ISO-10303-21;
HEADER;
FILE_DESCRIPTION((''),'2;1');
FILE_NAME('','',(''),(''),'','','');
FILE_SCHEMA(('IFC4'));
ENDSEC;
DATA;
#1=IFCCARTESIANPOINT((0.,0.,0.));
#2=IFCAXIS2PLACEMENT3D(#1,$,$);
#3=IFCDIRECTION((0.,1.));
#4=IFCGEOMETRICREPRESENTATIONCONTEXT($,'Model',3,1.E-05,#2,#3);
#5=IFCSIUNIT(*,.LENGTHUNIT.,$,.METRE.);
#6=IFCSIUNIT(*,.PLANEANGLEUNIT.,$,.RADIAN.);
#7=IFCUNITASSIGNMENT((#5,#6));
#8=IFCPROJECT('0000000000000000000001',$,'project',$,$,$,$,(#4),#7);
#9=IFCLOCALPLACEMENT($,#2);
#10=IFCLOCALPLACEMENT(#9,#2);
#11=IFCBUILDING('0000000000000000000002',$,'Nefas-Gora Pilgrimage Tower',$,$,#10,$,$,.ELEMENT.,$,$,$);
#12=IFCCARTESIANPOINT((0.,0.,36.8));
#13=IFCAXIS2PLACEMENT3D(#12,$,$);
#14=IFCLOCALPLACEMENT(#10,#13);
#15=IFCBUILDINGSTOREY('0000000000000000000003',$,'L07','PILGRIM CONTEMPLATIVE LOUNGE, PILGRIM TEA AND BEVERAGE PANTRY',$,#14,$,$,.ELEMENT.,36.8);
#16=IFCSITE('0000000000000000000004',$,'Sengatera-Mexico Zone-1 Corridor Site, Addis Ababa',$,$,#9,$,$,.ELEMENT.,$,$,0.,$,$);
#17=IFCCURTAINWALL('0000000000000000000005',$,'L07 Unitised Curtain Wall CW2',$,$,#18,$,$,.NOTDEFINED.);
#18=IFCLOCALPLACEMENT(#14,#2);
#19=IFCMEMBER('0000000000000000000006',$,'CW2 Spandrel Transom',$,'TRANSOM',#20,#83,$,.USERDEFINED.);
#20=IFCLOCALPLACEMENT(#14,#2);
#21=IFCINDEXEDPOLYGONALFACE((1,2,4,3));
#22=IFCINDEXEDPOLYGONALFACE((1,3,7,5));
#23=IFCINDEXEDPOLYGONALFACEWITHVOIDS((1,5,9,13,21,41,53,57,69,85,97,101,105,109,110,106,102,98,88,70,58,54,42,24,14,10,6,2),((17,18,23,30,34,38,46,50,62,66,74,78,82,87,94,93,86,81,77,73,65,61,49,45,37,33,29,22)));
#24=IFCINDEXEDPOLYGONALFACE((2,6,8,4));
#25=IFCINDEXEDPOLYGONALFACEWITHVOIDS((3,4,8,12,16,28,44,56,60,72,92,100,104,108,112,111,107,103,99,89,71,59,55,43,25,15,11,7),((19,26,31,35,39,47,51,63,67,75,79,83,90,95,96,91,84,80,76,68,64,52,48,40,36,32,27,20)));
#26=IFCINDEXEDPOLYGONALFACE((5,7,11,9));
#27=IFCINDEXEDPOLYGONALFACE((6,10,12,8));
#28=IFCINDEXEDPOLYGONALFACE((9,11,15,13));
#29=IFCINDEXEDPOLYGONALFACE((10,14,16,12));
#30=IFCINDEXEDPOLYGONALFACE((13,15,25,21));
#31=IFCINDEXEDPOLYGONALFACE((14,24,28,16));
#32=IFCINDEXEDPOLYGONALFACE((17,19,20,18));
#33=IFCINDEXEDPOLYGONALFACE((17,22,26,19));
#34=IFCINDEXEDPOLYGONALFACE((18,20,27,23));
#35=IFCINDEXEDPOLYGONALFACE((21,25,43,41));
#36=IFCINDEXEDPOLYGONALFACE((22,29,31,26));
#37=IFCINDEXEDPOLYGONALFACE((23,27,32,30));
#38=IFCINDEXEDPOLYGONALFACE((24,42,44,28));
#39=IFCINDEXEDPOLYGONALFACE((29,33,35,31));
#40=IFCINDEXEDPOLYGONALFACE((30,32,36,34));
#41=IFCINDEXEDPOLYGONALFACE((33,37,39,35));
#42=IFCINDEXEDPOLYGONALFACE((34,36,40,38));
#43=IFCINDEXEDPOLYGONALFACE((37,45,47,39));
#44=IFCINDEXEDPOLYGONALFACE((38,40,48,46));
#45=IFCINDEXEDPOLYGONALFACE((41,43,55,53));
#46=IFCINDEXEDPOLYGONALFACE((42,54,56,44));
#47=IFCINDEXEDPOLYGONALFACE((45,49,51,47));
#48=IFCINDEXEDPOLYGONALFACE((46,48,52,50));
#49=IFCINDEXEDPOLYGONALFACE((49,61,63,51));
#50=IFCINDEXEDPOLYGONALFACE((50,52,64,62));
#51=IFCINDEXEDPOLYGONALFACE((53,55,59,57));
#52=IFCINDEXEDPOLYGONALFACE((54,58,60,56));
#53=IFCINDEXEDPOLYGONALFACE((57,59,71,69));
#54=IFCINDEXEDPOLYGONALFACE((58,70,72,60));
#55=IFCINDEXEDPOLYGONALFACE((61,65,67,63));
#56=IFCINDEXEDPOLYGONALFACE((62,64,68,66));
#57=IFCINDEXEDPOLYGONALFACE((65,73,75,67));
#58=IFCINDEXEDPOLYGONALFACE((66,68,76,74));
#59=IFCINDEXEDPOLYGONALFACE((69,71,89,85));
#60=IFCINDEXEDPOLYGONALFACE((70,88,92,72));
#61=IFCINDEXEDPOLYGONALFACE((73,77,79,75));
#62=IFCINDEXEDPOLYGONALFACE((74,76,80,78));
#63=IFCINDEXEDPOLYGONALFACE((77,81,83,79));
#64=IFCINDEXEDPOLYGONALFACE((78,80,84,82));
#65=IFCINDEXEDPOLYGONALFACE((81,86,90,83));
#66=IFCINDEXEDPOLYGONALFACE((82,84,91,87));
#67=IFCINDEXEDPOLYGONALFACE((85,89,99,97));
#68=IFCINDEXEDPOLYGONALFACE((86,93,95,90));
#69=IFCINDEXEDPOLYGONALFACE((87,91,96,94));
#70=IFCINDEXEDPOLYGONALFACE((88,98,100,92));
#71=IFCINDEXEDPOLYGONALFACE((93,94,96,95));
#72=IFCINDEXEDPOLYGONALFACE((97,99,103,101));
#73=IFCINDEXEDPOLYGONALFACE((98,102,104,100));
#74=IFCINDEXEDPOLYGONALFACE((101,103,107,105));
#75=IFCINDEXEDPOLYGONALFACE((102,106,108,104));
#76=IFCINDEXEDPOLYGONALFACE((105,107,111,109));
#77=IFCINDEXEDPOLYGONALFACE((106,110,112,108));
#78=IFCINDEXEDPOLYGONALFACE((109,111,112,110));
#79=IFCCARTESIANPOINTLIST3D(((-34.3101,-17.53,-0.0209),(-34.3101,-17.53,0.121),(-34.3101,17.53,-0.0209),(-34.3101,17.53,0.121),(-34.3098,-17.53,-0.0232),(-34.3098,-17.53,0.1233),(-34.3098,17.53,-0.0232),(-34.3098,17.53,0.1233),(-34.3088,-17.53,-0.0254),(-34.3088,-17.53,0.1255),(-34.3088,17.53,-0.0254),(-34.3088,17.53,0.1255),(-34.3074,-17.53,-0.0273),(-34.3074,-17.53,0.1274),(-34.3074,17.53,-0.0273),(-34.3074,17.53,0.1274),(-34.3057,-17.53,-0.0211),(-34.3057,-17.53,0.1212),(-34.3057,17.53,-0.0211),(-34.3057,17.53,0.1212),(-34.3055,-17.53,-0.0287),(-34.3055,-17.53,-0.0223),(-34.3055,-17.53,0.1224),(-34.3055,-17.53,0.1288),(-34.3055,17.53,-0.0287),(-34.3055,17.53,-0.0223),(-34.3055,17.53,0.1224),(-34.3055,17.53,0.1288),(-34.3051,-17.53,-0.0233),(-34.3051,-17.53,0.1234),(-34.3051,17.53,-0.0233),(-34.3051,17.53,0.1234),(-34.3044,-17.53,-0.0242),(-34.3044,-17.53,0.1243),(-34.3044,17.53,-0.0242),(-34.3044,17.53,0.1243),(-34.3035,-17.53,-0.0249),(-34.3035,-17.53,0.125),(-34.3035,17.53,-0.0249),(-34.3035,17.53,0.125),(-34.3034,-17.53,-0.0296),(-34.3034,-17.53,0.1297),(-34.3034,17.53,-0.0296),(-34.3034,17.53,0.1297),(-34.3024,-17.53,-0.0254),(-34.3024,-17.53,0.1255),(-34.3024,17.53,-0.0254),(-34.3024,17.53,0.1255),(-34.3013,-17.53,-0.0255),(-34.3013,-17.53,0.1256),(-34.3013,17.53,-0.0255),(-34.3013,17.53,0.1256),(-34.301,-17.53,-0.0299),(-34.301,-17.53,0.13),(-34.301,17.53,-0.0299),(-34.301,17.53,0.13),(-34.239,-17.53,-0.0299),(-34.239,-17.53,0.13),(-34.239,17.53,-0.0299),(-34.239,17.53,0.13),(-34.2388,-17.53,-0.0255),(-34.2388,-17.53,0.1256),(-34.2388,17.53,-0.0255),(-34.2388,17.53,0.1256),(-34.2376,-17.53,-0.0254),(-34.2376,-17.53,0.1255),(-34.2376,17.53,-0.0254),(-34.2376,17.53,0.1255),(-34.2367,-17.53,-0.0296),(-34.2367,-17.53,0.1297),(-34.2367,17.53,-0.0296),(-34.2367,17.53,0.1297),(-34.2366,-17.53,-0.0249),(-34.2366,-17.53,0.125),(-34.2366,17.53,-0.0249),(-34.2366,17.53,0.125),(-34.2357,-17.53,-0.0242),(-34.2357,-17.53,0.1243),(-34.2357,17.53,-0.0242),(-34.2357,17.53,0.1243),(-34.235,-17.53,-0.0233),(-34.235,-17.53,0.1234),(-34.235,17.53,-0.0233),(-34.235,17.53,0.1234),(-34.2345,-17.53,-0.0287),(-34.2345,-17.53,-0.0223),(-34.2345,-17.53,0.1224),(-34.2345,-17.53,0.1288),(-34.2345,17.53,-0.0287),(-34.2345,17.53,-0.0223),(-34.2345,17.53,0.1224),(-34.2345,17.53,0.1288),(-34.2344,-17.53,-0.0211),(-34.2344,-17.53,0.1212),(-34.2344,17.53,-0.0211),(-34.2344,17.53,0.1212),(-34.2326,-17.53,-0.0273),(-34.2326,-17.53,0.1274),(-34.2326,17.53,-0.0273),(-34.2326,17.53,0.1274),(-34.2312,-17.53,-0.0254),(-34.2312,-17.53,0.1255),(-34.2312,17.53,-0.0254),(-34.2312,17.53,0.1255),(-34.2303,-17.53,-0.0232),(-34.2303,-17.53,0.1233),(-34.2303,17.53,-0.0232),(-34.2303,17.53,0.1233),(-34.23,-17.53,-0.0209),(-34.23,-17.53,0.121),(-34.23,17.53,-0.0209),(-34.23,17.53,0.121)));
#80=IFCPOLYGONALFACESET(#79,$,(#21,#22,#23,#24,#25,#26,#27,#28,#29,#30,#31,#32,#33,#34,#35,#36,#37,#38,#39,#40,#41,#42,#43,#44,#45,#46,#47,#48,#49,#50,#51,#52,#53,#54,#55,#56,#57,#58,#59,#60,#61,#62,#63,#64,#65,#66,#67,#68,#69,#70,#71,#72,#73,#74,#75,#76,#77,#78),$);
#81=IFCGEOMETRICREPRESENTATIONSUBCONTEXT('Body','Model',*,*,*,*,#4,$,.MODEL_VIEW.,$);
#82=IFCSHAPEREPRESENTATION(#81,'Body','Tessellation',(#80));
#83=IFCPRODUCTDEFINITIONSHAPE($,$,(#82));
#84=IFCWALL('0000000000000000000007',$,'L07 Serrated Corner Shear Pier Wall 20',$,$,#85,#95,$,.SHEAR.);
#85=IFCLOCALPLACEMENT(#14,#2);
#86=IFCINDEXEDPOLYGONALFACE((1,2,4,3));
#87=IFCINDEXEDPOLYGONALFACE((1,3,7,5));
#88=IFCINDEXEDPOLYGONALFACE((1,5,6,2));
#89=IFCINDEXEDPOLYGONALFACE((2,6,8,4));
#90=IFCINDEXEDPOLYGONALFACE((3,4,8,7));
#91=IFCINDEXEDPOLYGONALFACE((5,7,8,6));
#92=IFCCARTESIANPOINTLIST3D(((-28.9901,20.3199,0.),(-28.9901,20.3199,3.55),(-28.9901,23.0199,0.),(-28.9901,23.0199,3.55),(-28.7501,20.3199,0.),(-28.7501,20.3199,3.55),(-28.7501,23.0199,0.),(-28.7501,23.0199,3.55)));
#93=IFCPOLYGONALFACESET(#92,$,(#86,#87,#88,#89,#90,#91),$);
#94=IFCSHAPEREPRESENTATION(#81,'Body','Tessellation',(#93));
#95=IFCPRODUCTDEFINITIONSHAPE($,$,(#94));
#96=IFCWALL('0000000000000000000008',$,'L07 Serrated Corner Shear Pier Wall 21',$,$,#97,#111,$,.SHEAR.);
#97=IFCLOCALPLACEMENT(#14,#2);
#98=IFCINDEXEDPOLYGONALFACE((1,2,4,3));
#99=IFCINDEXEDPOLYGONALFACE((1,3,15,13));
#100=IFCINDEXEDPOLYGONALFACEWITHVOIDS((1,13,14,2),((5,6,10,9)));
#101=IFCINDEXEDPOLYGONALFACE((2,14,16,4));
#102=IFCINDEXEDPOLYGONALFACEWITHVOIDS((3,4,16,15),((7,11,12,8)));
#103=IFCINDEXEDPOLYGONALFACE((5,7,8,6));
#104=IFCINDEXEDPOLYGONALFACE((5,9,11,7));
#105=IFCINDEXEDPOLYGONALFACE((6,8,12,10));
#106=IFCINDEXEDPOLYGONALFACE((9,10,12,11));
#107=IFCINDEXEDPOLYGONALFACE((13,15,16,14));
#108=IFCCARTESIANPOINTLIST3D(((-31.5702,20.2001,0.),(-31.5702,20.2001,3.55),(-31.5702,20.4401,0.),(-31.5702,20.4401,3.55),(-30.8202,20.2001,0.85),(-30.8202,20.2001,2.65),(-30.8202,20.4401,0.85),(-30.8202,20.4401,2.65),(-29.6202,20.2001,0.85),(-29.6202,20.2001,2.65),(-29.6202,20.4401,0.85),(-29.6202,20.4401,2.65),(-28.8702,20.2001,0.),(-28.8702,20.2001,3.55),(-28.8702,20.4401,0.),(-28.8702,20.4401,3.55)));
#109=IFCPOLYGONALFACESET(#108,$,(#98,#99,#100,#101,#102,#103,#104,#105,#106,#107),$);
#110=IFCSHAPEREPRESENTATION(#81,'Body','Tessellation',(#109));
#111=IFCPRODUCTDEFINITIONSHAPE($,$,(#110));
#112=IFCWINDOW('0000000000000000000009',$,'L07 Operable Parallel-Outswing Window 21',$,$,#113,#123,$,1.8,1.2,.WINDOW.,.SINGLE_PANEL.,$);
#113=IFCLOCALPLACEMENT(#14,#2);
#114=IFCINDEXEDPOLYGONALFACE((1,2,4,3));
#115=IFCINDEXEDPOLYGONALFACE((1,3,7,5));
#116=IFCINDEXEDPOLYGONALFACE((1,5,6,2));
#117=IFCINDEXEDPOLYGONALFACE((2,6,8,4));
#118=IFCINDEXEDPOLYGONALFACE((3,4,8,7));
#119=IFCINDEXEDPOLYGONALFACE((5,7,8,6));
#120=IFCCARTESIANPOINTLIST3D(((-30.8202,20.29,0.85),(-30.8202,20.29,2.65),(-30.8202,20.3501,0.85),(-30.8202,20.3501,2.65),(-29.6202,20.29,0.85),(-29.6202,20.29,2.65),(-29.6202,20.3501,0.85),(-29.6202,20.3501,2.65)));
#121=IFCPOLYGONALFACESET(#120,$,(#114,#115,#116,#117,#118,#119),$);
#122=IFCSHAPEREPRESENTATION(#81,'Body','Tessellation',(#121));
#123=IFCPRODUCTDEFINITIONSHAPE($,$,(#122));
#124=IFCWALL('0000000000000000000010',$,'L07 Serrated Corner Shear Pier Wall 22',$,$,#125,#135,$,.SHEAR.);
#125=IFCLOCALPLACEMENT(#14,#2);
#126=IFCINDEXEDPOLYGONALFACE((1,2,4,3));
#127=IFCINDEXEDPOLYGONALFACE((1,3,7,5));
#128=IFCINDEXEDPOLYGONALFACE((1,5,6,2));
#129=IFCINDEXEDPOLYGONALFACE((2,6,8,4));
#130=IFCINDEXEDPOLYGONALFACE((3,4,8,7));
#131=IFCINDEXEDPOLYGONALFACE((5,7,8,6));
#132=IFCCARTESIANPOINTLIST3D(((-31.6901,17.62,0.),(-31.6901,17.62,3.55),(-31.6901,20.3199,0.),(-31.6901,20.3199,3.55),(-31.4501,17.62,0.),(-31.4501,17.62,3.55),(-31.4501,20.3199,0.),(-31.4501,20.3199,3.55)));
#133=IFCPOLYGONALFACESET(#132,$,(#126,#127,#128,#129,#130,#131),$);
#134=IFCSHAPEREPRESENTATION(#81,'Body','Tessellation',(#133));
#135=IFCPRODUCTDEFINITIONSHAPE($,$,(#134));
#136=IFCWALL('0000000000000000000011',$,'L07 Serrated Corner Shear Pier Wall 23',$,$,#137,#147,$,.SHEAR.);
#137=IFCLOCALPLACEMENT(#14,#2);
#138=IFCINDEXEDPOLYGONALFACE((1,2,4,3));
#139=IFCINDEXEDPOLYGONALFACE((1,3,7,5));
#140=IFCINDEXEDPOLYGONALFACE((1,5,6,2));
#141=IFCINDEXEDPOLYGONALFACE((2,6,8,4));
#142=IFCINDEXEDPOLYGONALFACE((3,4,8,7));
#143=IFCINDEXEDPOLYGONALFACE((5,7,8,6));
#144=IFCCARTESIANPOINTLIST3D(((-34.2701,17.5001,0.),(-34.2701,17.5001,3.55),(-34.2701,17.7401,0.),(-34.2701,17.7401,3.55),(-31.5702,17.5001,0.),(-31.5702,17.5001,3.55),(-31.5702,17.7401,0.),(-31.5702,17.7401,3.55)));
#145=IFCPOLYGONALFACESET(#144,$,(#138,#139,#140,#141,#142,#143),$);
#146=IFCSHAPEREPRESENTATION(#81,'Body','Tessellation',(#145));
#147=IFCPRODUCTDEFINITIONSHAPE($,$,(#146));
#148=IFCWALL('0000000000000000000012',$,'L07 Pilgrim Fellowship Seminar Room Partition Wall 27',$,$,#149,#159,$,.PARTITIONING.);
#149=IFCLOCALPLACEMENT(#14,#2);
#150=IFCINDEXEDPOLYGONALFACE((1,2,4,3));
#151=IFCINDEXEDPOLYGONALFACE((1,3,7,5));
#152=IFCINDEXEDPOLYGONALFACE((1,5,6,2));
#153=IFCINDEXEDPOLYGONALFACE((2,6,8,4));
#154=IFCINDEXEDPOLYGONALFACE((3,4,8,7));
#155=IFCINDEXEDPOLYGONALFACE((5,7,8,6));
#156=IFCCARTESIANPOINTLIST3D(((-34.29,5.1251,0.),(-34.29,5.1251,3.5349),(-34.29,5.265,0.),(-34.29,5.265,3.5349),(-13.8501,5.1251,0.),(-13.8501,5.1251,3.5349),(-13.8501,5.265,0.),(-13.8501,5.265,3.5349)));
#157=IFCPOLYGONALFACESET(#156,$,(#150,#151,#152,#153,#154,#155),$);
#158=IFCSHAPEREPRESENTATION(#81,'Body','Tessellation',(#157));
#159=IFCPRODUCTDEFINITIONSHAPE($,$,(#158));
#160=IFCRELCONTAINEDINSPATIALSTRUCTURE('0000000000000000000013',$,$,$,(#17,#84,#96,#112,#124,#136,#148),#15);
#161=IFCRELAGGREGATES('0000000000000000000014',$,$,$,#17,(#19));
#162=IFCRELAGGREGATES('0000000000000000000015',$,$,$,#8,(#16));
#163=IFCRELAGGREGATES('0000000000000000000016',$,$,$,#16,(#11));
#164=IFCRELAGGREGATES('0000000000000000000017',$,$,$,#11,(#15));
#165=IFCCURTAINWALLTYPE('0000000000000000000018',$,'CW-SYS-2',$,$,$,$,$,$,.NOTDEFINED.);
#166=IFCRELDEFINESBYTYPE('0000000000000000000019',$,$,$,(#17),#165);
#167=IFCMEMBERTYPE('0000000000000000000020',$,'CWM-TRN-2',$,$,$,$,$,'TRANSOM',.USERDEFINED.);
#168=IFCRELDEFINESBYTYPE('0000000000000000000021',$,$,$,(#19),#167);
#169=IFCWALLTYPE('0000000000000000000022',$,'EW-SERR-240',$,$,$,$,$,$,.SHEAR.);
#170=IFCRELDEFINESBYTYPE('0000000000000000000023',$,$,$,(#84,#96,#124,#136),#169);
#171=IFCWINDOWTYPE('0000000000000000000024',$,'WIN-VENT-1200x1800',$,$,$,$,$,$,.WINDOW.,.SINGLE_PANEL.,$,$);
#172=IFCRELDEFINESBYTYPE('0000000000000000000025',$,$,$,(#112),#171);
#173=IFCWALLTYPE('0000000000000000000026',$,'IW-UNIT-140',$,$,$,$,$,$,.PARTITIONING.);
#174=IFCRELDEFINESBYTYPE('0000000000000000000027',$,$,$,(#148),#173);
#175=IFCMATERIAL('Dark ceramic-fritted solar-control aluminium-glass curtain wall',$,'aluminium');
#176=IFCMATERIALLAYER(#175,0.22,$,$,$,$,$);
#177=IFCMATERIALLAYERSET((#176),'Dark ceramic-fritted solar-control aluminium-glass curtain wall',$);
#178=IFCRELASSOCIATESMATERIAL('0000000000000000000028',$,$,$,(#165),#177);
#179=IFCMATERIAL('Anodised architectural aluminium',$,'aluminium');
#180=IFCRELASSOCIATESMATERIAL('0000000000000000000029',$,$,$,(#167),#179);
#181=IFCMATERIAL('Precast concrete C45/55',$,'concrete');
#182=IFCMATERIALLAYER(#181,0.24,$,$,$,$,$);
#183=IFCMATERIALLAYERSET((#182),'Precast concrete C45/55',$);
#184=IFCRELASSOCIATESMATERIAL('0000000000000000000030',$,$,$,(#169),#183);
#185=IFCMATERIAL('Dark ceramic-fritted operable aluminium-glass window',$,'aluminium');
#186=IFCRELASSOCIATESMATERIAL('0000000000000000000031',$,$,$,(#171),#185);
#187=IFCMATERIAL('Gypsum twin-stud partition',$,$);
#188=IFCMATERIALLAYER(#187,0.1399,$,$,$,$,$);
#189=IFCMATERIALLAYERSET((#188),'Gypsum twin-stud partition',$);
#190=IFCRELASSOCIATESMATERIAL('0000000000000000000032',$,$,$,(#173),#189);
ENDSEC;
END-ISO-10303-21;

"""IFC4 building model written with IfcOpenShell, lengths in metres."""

from ifc_helpers import new_model, si_unit, direction, frame, frame_2d, origin, origin_2d, place, context, subcontext, project, spatial, rectangle, hollow_rectangle, extrude, source, transform, mapped, material, layer, layer_set, material_profile, profile_set, type_object, element, fill, aggregate, save


model = new_model("IFC4")

# Units and contexts
model_context = context("Model", 3, precision=1e-05, world=origin(), true_north=direction((0.0, 1.0)))
body_context = subcontext(model_context, "Body", "Model", "MODEL_VIEW")
ifc_project = project(units=[si_unit("LENGTHUNIT", "METRE"), si_unit("PLANEANGLEUNIT", "RADIAN")], contexts=[model_context])

# Site, building, storey
site_placement = place(None, origin())
site = spatial("IfcSite", under=ifc_project, at=site_placement, Name="Sengatera-Mexico Zone-1 Corridor Site, Addis Ababa", CompositionType="ELEMENT", RefElevation=0.0)
building_placement = place(site_placement, origin())
building = spatial("IfcBuilding", under=site, at=building_placement, Name="Nefas-Gora Pilgrimage Tower", CompositionType="ELEMENT")
storey_placement = place(building_placement, frame((0.0, 0.0, 36.8)))
storey = spatial("IfcBuildingStorey", under=building, at=storey_placement, Name="L07", Description="PILGRIM CONTEMPLATIVE LOUNGE, PILGRIM TEA AND BEVERAGE PANTRY", CompositionType="ELEMENT", Elevation=36.8)

# Shared definitions
ifc_material_1 = material(Name="Dark ceramic-fritted solar-control aluminium-glass curtain wall", Category="aluminium")
ifc_layer_1 = layer(ifc_material_1, 0.22)
ifc_layer_set_1 = layer_set([ifc_layer_1], Name="Dark ceramic-fritted solar-control aluminium-glass curtain wall")
curtain_wall_type = type_object("IfcCurtainWallType", Name="CW-SYS-2", PredefinedType="NOTDEFINED", material=ifc_layer_set_1)
ifc_material_2 = material(Name="Anodised architectural aluminium", Category="aluminium")

# Curtain wall, member
curtain_wall_1_placement = place(storey_placement, origin())
curtain_wall_1 = element("IfcCurtainWall", 1, at=curtain_wall_1_placement, inside=storey, type_object=curtain_wall_type, Name="L07 Unitised Curtain Wall CW2", PredefinedType="NOTDEFINED")
ifc_material_profile_1 = material_profile(ifc_material_2, hollow_rectangle(XDim=0.0801, YDim=0.1599, WallThickness=0.0044, InnerFilletRadius=0.0044, OuterFilletRadius=0.009, at=origin_2d()), Name="ALU TRANSOM 80x160")
ifc_profile_set_1 = profile_set([ifc_material_profile_1], Name="Anodised architectural aluminium")
member_type_1 = type_object("IfcMemberType", Name="CWM-TRN-2", ElementType="TRANSOM", PredefinedType="USERDEFINED", material=ifc_profile_set_1)
shared_shape_1 = source(origin(), body_context, "Body", "SweptSolid", [
    extrude(hollow_rectangle(XDim=0.0801, YDim=0.1599, WallThickness=0.0044, InnerFilletRadius=0.0044, OuterFilletRadius=0.009, at=origin_2d()), origin(), (0.0, 0.0, 1.0), 35.0601),
])
member_1_placement = place(storey_placement, frame((-34.27, 17.53, 0.05), z_axis=(0.0, -1.0, 0.0), x_axis=(1.0, 0.0, 0.0)))
member_1 = element("IfcMember", 2, at=member_1_placement, type_object=member_type_1, Name="CW2 Spandrel Transom", ObjectType="TRANSOM", PredefinedType="USERDEFINED", context=body_context, shape_type="MappedRepresentation", body=[
    mapped(shared_shape_1, transform((0.0, 0.0, 0.0), x_axis=(1.0, 0.0, 0.0), y_axis=(0.0, 1.0, 0.0), z_axis=(0.0, 0.0, 1.0), scale=1.0)),
])
aggregate(curtain_wall_1, [member_1])

# Wall
ifc_material_3 = material(Name="Precast concrete C45/55", Category="concrete")
ifc_layer_2 = layer(ifc_material_3, 0.24)
ifc_layer_set_2 = layer_set([ifc_layer_2], Name="Precast concrete C45/55")
wall_type_1 = type_object("IfcWallType", Name="EW-SERR-240", PredefinedType="SHEAR", material=ifc_layer_set_2)
shared_shape_2 = source(origin(), body_context, "Body", "SweptSolid", [
    extrude(rectangle(XDim=2.7, YDim=0.24, at=frame_2d((1.3501, 0.0))), origin(), (0.0, 0.0, 1.0), 3.55),
])
wall_1_placement = place(storey_placement, frame((-28.8701, 23.02, 0.0), z_axis=(0.0, 0.0, 1.0), x_axis=(0.0, -1.0, 0.0)))
element("IfcWall", 3, at=wall_1_placement, inside=storey, type_object=wall_type_1, Name="L07 Serrated Corner Shear Pier Wall 20", PredefinedType="SHEAR", context=body_context, shape_type="MappedRepresentation", body=[
    mapped(shared_shape_2, transform((0.0, 0.0, 0.0), x_axis=(1.0, 0.0, 0.0), y_axis=(0.0, 1.0, 0.0), z_axis=(0.0, 0.0, 1.0), scale=1.0)),
])

# Wall, opening, window
wall_2_placement = place(storey_placement, frame((-28.8701, 20.3201, 0.0), z_axis=(0.0, 0.0, 1.0), x_axis=(-1.0, 0.0, 0.0)))
wall_2 = element("IfcWall", 4, at=wall_2_placement, inside=storey, type_object=wall_type_1, Name="L07 Serrated Corner Shear Pier Wall 21", PredefinedType="SHEAR", context=body_context, shape_type="MappedRepresentation", body=[
    mapped(shared_shape_2, transform((0.0, 0.0, 0.0), x_axis=(1.0, 0.0, 0.0), y_axis=(0.0, 1.0, 0.0), z_axis=(0.0, 0.0, 1.0), scale=1.0)),
])
opening_placement = place(wall_2_placement, frame((0.75, 0.0, 0.8501)))
opening = element("IfcOpeningElement", 5, at=opening_placement, cuts=wall_2, PredefinedType="OPENING", context=body_context, shape_type="SweptSolid", body=[
    extrude(rectangle(XDim=1.2, YDim=1.8, at=frame_2d((0.6001, 0.8999))), frame((0.0, 0.1299, 0.0), z_axis=(0.0, -1.0, 0.0), x_axis=(1.0, 0.0, 0.0)), (0.0, 0.0, 1.0), 0.26),
])
ifc_material_4 = material(Name="Dark ceramic-fritted operable aluminium-glass window", Category="aluminium")
window_type = type_object("IfcWindowType", Name="WIN-VENT-1200x1800", PartitioningType="SINGLE_PANEL", PredefinedType="WINDOW", material=ifc_material_4)
shared_shape_3 = source(origin(), body_context, "Body", "SweptSolid", [
    extrude(rectangle(XDim=1.2, YDim=1.8, at=frame_2d((0.6001, 0.8999))), frame((0.0, 0.03, 0.0), z_axis=(0.0, -1.0, 0.0), x_axis=(1.0, 0.0, 0.0)), (0.0, 0.0, 1.0), 0.0601),
])
window_placement = place(opening_placement, origin())
window = element("IfcWindow", 6, at=window_placement, inside=storey, type_object=window_type, Name="L07 Operable Parallel-Outswing Window 21", OverallHeight=1.8, OverallWidth=1.2, PartitioningType="SINGLE_PANEL", PredefinedType="WINDOW", context=body_context, shape_type="MappedRepresentation", body=[
    mapped(shared_shape_3, transform((0.0, 0.0, 0.0), x_axis=(1.0, 0.0, 0.0), y_axis=(0.0, 1.0, 0.0), z_axis=(0.0, 0.0, 1.0), scale=1.0)),
])
fill(opening, window)

# Walls
for number, where, z_axis, x_axis, name in (
    (7, (-31.5701, 20.3201, 0.0), (0.0, 0.0, 1.0), (0.0, -1.0, 0.0), "L07 Serrated Corner Shear Pier Wall 22"),
    (8, (-31.5701, 17.6201, 0.0), (0.0, 0.0, 1.0), (-1.0, 0.0, 0.0), "L07 Serrated Corner Shear Pier Wall 23"),
):
    element("IfcWall", number, at=place(storey_placement, frame(where, z_axis=z_axis, x_axis=x_axis)), inside=storey, type_object=wall_type_1, Name=name, PredefinedType="SHEAR", context=body_context, shape_type="MappedRepresentation", body=[
        mapped(shared_shape_2, transform((0.0, 0.0, 0.0), x_axis=(1.0, 0.0, 0.0), y_axis=(0.0, 1.0, 0.0), z_axis=(0.0, 0.0, 1.0), scale=1.0)),
    ])
ifc_material_5 = material(Name="Gypsum twin-stud partition")
ifc_layer_3 = layer(ifc_material_5, 0.1399)
ifc_layer_set_3 = layer_set([ifc_layer_3], Name="Gypsum twin-stud partition")
wall_type_2 = type_object("IfcWallType", Name="IW-UNIT-140", PredefinedType="PARTITIONING", material=ifc_layer_set_3)
shared_shape_4 = source(origin(), body_context, "Body", "SweptSolid", [
    extrude(rectangle(XDim=20.4399, YDim=0.1399, at=frame_2d((10.22, 0.0))), origin(), (0.0, 0.0, 1.0), 3.5349),
])
wall_3_placement = place(storey_placement, frame((-34.29, 5.1951, 0.0), z_axis=(0.0, 0.0, 1.0), x_axis=(1.0, 0.0, 0.0)))
element("IfcWall", 9, at=wall_3_placement, inside=storey, type_object=wall_type_2, Name="L07 Pilgrim Fellowship Seminar Room Partition Wall 27", PredefinedType="PARTITIONING", context=body_context, shape_type="MappedRepresentation", body=[
    mapped(shared_shape_4, transform((0.0, 0.0, 0.0), x_axis=(1.0, 0.0, 0.0), y_axis=(0.0, 1.0, 0.0), z_axis=(0.0, 0.0, 1.0), scale=1.0)),
])

save(model, "model.ifc")
